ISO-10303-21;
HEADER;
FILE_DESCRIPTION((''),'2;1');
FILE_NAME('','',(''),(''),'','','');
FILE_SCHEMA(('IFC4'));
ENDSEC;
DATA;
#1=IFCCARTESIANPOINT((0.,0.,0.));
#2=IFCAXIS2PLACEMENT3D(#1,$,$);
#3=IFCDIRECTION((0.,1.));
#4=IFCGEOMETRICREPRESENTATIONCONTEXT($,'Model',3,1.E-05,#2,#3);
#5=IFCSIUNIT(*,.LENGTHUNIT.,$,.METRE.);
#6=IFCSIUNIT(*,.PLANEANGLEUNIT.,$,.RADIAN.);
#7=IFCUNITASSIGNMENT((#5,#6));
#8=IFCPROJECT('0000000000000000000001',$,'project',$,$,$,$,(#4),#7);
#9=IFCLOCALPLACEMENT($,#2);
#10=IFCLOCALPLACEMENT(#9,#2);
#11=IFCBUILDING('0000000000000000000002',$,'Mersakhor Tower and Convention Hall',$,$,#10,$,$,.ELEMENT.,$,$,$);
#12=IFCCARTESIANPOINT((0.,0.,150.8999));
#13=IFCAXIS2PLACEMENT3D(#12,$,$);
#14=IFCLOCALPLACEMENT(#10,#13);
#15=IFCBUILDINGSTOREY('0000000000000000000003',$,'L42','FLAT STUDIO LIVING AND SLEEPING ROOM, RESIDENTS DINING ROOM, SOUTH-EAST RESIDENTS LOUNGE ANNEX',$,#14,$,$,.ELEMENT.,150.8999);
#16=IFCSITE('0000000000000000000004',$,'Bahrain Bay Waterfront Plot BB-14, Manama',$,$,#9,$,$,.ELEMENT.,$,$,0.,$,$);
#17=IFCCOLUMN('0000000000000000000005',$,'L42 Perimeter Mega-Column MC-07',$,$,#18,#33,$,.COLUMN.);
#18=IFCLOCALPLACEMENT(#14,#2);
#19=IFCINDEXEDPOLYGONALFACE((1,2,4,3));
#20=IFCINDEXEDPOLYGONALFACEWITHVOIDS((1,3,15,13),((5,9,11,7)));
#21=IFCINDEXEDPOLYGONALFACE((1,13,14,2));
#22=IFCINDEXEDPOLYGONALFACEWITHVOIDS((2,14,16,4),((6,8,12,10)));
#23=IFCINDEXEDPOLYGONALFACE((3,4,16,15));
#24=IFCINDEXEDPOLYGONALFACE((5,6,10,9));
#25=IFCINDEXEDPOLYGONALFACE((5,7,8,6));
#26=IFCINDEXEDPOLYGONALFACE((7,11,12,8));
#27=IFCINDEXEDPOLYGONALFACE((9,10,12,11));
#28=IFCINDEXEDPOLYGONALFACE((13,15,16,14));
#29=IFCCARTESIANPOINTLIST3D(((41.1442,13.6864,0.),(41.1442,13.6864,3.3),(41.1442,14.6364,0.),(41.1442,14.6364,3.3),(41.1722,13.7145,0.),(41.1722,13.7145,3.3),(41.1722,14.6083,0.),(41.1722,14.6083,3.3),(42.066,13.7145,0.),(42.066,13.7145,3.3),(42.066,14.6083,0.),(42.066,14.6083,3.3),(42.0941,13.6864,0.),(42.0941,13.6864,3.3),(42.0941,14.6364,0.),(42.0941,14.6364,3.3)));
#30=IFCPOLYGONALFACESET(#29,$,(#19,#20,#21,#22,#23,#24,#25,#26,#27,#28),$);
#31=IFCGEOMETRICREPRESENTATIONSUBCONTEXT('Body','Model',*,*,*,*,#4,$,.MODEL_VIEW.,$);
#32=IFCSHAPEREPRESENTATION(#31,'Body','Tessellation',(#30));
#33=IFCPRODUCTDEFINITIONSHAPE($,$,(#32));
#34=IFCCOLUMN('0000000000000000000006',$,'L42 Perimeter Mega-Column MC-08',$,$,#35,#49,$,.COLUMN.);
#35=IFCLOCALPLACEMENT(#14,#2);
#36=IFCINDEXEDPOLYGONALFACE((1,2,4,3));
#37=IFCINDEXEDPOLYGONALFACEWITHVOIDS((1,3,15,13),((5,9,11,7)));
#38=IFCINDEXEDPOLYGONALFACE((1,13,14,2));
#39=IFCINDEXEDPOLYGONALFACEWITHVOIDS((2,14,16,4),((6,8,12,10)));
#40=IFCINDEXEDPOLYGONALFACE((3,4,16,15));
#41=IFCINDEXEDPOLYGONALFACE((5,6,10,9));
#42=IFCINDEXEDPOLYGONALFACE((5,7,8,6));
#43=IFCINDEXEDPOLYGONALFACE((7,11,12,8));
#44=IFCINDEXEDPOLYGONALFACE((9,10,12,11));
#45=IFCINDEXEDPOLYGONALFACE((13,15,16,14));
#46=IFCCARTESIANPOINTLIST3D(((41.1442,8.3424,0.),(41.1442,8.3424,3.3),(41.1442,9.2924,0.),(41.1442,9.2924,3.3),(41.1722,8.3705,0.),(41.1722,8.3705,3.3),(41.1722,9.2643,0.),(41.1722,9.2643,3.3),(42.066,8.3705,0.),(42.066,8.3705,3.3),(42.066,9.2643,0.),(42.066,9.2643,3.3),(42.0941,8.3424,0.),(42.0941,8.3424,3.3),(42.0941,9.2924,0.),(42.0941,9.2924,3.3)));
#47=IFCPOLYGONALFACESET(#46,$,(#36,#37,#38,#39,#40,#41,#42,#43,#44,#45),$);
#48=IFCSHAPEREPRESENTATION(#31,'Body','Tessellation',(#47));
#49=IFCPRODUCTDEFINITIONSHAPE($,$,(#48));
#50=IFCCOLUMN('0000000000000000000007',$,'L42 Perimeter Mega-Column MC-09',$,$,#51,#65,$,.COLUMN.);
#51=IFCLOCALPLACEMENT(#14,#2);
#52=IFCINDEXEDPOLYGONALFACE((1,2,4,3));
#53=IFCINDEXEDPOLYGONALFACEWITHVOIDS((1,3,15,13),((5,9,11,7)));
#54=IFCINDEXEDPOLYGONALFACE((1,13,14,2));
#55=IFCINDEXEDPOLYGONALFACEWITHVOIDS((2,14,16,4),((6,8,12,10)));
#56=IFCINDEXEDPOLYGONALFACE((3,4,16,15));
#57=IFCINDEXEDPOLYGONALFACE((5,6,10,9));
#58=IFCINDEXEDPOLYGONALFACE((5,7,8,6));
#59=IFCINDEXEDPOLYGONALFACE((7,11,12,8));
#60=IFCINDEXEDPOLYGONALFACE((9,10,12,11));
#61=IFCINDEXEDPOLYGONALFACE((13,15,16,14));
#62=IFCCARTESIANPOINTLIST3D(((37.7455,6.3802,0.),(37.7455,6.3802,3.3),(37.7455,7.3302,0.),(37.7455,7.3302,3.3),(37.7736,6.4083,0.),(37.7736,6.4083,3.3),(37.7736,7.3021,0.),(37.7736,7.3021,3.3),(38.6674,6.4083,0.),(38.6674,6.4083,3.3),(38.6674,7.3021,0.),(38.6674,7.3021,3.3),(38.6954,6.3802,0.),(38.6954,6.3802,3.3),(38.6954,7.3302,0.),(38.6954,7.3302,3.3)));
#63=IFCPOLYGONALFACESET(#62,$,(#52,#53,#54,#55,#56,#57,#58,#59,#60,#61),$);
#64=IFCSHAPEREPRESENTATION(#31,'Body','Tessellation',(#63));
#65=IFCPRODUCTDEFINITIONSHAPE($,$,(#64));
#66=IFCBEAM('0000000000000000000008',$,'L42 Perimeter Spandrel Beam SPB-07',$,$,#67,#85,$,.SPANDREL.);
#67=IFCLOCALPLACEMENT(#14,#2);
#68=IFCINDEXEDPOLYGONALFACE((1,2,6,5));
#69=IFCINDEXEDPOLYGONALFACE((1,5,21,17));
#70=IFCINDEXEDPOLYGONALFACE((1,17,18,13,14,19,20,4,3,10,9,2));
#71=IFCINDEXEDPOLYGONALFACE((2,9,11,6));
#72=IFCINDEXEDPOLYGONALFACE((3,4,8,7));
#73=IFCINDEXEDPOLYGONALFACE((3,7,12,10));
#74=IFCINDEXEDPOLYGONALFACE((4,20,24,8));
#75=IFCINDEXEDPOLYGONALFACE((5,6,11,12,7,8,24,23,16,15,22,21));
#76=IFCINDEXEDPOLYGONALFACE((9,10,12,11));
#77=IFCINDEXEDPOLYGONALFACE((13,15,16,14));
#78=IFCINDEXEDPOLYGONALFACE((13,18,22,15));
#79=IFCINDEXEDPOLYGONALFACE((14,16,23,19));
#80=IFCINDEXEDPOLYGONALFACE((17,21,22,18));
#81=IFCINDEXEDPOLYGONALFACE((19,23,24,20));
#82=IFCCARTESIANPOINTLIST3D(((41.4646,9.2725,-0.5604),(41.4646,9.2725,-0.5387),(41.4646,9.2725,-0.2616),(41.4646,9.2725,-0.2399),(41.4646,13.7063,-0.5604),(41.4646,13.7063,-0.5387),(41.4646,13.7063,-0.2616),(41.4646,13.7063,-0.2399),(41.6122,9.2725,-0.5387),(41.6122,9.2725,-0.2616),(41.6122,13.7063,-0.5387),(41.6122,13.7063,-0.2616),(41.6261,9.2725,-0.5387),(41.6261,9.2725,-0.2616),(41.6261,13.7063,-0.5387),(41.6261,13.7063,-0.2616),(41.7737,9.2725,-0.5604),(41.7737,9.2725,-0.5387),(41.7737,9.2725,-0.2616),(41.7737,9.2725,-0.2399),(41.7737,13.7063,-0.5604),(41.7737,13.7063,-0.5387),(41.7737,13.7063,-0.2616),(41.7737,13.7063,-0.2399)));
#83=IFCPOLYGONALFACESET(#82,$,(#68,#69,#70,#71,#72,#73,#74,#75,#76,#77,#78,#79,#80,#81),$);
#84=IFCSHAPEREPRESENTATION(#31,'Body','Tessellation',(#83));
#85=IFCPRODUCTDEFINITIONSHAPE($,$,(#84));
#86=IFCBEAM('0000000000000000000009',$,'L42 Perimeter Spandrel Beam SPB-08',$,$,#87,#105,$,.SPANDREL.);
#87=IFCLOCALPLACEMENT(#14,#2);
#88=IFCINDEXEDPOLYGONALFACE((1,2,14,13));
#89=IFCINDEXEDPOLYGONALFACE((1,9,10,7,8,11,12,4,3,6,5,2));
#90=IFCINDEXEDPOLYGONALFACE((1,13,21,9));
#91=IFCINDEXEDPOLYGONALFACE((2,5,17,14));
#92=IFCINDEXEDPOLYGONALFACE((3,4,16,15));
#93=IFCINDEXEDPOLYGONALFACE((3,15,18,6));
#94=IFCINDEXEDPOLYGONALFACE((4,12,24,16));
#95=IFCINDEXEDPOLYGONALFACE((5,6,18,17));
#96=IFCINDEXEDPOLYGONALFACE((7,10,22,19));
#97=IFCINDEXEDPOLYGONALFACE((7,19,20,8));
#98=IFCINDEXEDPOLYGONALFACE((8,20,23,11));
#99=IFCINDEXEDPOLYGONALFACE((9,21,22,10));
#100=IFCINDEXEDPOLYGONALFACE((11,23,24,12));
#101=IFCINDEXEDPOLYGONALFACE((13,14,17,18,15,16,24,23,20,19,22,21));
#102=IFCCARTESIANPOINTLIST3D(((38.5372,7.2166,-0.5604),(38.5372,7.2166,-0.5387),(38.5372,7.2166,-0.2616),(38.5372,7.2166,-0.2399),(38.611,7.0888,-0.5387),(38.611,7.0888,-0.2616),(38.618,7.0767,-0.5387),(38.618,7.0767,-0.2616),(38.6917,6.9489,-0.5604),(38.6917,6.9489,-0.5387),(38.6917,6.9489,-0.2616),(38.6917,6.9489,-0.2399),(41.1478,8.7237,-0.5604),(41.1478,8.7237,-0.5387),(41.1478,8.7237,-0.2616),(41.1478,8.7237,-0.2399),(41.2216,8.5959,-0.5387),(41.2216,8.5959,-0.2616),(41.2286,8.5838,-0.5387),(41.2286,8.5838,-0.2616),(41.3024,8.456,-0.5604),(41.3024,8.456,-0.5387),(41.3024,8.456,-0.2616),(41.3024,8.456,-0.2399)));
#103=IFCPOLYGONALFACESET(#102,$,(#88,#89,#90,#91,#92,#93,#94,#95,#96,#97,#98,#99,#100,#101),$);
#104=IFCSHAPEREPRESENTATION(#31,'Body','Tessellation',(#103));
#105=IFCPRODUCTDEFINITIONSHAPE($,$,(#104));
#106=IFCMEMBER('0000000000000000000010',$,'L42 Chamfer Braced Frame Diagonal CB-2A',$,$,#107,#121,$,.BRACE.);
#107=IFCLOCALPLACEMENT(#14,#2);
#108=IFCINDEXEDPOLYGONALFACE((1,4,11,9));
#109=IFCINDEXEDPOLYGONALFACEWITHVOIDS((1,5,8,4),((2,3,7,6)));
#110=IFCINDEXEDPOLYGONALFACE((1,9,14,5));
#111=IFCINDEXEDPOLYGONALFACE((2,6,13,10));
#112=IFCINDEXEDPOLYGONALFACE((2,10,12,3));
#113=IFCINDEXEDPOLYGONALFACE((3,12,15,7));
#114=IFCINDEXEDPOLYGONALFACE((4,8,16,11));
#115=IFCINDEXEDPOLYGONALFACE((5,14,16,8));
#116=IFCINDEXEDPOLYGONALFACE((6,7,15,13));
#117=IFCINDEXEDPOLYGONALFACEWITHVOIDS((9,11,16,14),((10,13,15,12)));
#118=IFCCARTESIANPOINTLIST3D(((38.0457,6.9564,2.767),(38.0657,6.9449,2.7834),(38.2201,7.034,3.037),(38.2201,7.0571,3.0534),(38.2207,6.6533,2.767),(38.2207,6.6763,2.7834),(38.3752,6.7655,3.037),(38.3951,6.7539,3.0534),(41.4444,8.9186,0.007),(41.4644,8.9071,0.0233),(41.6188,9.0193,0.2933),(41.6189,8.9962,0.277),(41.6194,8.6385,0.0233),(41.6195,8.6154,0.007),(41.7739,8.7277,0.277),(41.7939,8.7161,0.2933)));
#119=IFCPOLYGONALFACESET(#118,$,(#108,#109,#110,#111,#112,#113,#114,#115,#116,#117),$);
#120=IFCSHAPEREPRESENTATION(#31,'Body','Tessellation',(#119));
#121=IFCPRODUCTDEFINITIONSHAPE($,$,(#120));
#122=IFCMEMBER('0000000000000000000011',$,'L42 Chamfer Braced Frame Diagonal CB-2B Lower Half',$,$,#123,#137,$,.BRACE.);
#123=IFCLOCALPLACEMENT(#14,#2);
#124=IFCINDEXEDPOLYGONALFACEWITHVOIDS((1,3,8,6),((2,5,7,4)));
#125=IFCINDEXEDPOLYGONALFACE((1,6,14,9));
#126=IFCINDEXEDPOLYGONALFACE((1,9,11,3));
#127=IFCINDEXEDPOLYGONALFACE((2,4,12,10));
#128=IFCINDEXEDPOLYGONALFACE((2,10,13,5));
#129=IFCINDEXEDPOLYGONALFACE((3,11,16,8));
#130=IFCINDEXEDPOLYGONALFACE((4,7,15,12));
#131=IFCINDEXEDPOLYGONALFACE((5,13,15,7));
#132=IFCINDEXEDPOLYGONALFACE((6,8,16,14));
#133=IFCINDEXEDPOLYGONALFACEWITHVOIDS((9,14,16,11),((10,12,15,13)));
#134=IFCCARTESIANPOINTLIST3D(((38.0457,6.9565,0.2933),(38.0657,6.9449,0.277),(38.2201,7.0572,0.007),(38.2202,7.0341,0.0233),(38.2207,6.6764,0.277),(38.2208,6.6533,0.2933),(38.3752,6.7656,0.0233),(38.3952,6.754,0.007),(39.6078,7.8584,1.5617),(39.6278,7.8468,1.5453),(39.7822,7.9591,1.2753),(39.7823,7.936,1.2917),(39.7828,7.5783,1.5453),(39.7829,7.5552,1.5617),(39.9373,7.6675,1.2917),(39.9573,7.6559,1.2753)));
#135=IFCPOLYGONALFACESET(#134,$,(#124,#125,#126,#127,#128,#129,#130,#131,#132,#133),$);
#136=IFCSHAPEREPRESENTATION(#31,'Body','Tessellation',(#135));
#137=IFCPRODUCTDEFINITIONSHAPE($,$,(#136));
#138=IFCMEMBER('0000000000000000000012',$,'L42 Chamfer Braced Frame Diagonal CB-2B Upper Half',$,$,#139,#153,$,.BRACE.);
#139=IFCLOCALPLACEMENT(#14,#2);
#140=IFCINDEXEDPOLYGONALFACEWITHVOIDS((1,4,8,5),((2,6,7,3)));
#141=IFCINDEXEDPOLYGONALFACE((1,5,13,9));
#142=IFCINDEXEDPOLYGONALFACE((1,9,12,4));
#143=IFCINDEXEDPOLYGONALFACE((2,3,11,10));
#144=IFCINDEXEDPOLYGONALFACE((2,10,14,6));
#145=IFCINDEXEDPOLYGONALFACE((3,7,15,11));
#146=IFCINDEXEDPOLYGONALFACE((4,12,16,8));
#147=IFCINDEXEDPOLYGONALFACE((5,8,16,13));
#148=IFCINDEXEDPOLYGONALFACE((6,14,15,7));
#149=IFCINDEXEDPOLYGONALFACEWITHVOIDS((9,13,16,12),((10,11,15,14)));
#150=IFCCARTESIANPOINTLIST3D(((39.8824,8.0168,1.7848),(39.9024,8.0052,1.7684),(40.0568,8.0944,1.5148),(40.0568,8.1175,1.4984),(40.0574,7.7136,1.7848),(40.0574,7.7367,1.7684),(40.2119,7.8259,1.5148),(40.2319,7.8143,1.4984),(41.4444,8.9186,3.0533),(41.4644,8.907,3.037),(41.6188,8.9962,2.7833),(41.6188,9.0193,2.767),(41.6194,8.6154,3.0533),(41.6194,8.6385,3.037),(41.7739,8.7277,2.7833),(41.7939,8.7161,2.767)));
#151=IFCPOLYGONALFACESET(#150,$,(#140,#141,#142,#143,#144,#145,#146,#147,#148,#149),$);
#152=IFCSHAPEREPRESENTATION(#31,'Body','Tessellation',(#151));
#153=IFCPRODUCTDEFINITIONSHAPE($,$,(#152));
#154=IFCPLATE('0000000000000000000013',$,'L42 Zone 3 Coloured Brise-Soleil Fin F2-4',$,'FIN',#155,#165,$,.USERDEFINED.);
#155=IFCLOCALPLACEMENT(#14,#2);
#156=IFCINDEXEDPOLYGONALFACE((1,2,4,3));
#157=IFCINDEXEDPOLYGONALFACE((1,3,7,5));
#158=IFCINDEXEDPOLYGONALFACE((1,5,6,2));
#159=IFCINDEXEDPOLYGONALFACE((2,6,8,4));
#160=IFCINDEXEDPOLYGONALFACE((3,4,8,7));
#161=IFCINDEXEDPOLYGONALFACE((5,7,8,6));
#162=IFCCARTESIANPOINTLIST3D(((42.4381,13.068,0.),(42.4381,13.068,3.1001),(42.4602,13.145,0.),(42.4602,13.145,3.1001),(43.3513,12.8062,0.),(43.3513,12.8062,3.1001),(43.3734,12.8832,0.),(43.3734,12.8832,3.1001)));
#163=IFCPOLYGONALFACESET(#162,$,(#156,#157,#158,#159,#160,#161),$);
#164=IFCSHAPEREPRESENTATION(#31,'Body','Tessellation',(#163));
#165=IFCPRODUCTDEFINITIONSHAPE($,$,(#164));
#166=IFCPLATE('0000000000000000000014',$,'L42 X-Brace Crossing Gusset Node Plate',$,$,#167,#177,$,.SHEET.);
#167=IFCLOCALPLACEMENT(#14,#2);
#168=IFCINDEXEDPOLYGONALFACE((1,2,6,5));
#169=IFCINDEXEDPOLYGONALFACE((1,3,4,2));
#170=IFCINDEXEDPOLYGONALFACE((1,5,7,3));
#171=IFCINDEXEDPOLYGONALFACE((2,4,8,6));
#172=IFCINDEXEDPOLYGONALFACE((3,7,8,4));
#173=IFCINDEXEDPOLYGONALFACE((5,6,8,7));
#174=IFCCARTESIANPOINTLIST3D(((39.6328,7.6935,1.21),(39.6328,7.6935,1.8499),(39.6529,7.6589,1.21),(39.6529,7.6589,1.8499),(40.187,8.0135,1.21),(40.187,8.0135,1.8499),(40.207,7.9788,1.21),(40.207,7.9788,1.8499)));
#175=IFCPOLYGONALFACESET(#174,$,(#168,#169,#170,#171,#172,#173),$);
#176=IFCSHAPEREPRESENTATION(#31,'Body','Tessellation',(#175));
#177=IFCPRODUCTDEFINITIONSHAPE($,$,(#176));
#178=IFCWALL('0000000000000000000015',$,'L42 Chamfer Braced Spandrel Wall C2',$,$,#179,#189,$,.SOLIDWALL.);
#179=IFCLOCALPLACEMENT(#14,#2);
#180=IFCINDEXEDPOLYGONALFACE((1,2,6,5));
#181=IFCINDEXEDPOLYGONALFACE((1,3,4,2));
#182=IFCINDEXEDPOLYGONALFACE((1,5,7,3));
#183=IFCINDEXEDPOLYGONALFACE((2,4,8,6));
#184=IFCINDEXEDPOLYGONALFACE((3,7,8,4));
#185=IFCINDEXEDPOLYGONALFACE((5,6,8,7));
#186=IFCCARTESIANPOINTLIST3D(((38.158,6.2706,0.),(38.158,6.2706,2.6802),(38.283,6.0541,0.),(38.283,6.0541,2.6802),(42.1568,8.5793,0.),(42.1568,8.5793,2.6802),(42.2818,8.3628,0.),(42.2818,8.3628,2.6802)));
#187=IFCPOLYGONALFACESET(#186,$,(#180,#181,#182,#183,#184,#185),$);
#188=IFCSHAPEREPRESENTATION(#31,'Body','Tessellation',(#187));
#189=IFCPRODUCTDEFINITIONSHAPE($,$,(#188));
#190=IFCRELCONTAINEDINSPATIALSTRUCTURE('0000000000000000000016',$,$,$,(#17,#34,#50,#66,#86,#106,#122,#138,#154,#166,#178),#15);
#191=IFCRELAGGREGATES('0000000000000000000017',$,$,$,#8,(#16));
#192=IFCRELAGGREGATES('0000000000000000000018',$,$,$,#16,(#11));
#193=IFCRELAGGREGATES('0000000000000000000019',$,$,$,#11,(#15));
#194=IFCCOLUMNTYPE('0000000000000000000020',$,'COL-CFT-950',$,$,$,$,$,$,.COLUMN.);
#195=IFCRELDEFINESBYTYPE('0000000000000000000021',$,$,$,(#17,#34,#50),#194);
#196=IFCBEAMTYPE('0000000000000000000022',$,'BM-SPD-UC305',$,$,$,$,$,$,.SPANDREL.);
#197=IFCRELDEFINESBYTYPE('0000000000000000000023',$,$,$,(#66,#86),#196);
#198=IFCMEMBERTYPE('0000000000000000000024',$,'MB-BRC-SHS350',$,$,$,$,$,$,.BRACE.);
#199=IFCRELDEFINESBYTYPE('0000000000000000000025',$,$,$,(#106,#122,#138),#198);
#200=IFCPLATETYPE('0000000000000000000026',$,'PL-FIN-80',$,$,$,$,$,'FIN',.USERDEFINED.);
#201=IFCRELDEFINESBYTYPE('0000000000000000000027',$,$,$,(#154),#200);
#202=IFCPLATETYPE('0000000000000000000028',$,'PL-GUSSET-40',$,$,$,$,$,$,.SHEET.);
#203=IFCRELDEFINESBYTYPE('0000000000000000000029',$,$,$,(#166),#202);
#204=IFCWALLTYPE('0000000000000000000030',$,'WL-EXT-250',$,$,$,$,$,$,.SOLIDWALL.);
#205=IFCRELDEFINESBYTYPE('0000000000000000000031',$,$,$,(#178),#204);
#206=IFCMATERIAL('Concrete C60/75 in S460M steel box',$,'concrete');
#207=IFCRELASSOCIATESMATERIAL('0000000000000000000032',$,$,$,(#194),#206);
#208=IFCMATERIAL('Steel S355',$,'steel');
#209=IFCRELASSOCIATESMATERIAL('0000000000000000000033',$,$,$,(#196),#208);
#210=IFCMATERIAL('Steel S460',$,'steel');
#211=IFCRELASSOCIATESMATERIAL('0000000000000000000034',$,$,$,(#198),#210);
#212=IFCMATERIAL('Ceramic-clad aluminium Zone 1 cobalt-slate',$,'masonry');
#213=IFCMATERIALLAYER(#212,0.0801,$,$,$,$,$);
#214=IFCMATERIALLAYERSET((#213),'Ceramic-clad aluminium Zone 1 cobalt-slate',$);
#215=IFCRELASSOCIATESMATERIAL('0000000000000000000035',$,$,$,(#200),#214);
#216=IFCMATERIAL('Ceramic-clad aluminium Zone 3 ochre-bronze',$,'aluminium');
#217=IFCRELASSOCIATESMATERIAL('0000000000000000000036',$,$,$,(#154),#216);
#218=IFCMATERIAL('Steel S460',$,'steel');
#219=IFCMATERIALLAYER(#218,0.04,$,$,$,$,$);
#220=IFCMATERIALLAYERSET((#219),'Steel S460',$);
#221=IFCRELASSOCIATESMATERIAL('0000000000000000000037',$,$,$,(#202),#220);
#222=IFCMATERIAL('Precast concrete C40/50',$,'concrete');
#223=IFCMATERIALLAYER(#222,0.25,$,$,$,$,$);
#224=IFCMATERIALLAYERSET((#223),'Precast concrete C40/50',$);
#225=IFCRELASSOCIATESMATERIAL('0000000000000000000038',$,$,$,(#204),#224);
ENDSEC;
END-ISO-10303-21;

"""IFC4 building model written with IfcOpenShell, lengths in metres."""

from ifc_helpers import new_model, si_unit, direction, frame, frame_2d, origin, origin_2d, place, context, subcontext, project, spatial, rectangle, hollow_rectangle, i_section, extrude, material, layer, layer_set, material_profile, profile_set, type_object, element, save


model = new_model("IFC4")

# Units and contexts
model_context = context("Model", 3, precision=1e-05, world=origin(), true_north=direction((0.0, 1.0)))
body_context = subcontext(model_context, "Body", "Model", "MODEL_VIEW")
ifc_project = project(units=[si_unit("LENGTHUNIT", "METRE"), si_unit("PLANEANGLEUNIT", "RADIAN")], contexts=[model_context])

# Site, building, storey
site_placement = place(None, origin())
site = spatial("IfcSite", under=ifc_project, at=site_placement, Name="Bahrain Bay Waterfront Plot BB-14, Manama", CompositionType="ELEMENT", RefElevation=0.0)
building_placement = place(site_placement, origin())
building = spatial("IfcBuilding", under=site, at=building_placement, Name="Mersakhor Tower and Convention Hall", CompositionType="ELEMENT")
storey_placement = place(building_placement, frame((0.0, 0.0, 150.8999)))
storey = spatial("IfcBuildingStorey", under=building, at=storey_placement, Name="L42", Description="FLAT STUDIO LIVING AND SLEEPING ROOM, RESIDENTS DINING ROOM, SOUTH-EAST RESIDENTS LOUNGE ANNEX", CompositionType="ELEMENT", Elevation=150.8999)

# Columns
ifc_material_1 = material(Name="Concrete C60/75 in S460M steel box", Category="concrete")
ifc_material_profile_1 = material_profile(ifc_material_1, hollow_rectangle(XDim=0.95, YDim=0.95, WallThickness=0.0281, at=origin_2d()), Name="SHS 950x950x28")
ifc_profile_set_1 = profile_set([ifc_material_profile_1], Name="Concrete C60/75 in S460M steel box")
column_type = type_object("IfcColumnType", Name="COL-CFT-950", PredefinedType="COLUMN", material=ifc_profile_set_1)
for number, where, z_axis, x_axis, name in (
    (1, (41.6191, 14.1614, 0.0), (0.0, 0.0, 1.0), (1.0, 0.0, 0.0), "L42 Perimeter Mega-Column MC-07"),
    (2, (41.6191, 8.8174, 0.0), (0.0, 0.0, 1.0), (1.0, 0.0, 0.0), "L42 Perimeter Mega-Column MC-08"),
    (3, (38.2205, 6.8552, 0.0), (0.0, 0.0, 1.0), (1.0, 0.0, 0.0), "L42 Perimeter Mega-Column MC-09"),
):
    element("IfcColumn", number, at=place(storey_placement, frame(where, z_axis=z_axis, x_axis=x_axis)), inside=storey, type_object=column_type, Name=name, PredefinedType="COLUMN", context=body_context, shape_type="SweptSolid", body=[
        extrude(hollow_rectangle(XDim=0.95, YDim=0.95, WallThickness=0.0281, at=origin_2d()), origin(), (0.0, 0.0, 1.0), 3.3),
    ])

# Beams
ifc_material_2 = material(Name="Steel S355", Category="steel")
ifc_material_profile_2 = material_profile(ifc_material_2, i_section(OverallWidth=0.3091, OverallDepth=0.3206, WebThickness=0.0139, FlangeThickness=0.0217, at=origin_2d()), Name="UC 305x305x137")
ifc_profile_set_2 = profile_set([ifc_material_profile_2], Name="Steel S355")
beam_type = type_object("IfcBeamType", Name="BM-SPD-UC305", PredefinedType="SPANDREL", material=ifc_profile_set_2)
beam_1_placement = place(storey_placement, frame((41.6191, 13.7063, -0.4001), z_axis=(0.0, -1.0, 0.0), x_axis=(1.0, 0.0, 0.0)))
element("IfcBeam", 4, at=beam_1_placement, inside=storey, type_object=beam_type, Name="L42 Perimeter Spandrel Beam SPB-07", PredefinedType="SPANDREL", context=body_context, shape_type="SweptSolid", body=[
    extrude(i_section(OverallWidth=0.3091, OverallDepth=0.3206, WebThickness=0.0139, FlangeThickness=0.0217, at=origin_2d()), origin(), (0.0, 0.0, 1.0), 4.4338),
])
beam_2_placement = place(storey_placement, frame((41.2251, 8.5898, -0.4001), z_axis=(-0.866047, -0.499963, 0.0), x_axis=(0.499963, -0.866047, 0.0)))
element("IfcBeam", 5, at=beam_2_placement, inside=storey, type_object=beam_type, Name="L42 Perimeter Spandrel Beam SPB-08", PredefinedType="SPANDREL", context=body_context, shape_type="SweptSolid", body=[
    extrude(i_section(OverallWidth=0.3091, OverallDepth=0.3206, WebThickness=0.0139, FlangeThickness=0.0217, at=origin_2d()), origin(), (0.0, 0.0, 1.0), 3.0144),
])

# Members
ifc_material_3 = material(Name="Steel S460", Category="steel")
ifc_material_profile_3 = material_profile(ifc_material_3, hollow_rectangle(XDim=0.3501, YDim=0.3501, WallThickness=0.02, at=origin_2d()), Name="SHS 350x350x20")
ifc_profile_set_3 = profile_set([ifc_material_profile_3], Name="Steel S460")
member_type = type_object("IfcMemberType", Name="MB-BRC-SHS350", PredefinedType="BRACE", material=ifc_profile_set_3)
member_placement = place(storey_placement, frame((41.6191, 8.8174, 0.1501), z_axis=(-0.708385, -0.408972, 0.575267), x_axis=(0.499986, -0.866033, 0.0)))
element("IfcMember", 6, at=member_placement, inside=storey, type_object=member_type, Name="L42 Chamfer Braced Frame Diagonal CB-2A", PredefinedType="BRACE", context=body_context, shape_type="SweptSolid", body=[
    extrude(hollow_rectangle(XDim=0.3501, YDim=0.3501, WallThickness=0.02, at=origin_2d()), origin(), (0.0, 0.0, 1.0), 4.7979),
])
for number, where, z_axis, x_axis, name in (
    (7, (38.2205, 6.8552, 0.1501), (0.708409, 0.409013, 0.575209), (-0.500011, 0.866019, 0.0), "L42 Chamfer Braced Frame Diagonal CB-2B Lower Half"),
    (8, (40.0571, 7.9155, 1.6416), (0.708364, 0.408987, 0.575283), (-0.500011, 0.866019, 0.0), "L42 Chamfer Braced Frame Diagonal CB-2B Upper Half"),
):
    element("IfcMember", number, at=place(storey_placement, frame(where, z_axis=z_axis, x_axis=x_axis)), inside=storey, type_object=member_type, Name=name, PredefinedType="BRACE", context=body_context, shape_type="SweptSolid", body=[
        extrude(hollow_rectangle(XDim=0.3501, YDim=0.3501, WallThickness=0.02, at=origin_2d()), origin(), (0.0, 0.0, 1.0), 2.2051),
    ])

# Plates
ifc_material_4 = material(Name="Ceramic-clad aluminium Zone 3 ochre-bronze", Category="aluminium")
ifc_material_5 = material(Name="Ceramic-clad aluminium Zone 1 cobalt-slate", Category="masonry")
ifc_layer_1 = layer(ifc_material_5, 0.0801)
ifc_layer_set_1 = layer_set([ifc_layer_1], Name="Ceramic-clad aluminium Zone 1 cobalt-slate")
plate_type_1 = type_object("IfcPlateType", Name="PL-FIN-80", ElementType="FIN", PredefinedType="USERDEFINED", material=ifc_layer_set_1)
plate_1_placement = place(storey_placement, frame((42.9058, 12.9756, 0.0), z_axis=(0.0, 0.0, 1.0), x_axis=(0.961262, -0.275637, 0.0)))
element("IfcPlate", 9, at=plate_1_placement, inside=storey, type_object=plate_type_1, material=ifc_material_4, Name="L42 Zone 3 Coloured Brise-Soleil Fin F2-4", ObjectType="FIN", PredefinedType="USERDEFINED", context=body_context, shape_type="SweptSolid", body=[
    extrude(rectangle(XDim=0.95, YDim=0.0801, at=origin_2d()), origin(), (0.0, 0.0, 1.0), 3.1001),
])
ifc_material_6 = material(Name="Steel S460", Category="steel")
ifc_layer_2 = layer(ifc_material_6, 0.04)
ifc_layer_set_2 = layer_set([ifc_layer_2], Name="Steel S460")
plate_type_2 = type_object("IfcPlateType", Name="PL-GUSSET-40", PredefinedType="SHEET", material=ifc_layer_set_2)
plate_2_placement = place(storey_placement, frame((39.9199, 7.8362, 1.21), z_axis=(0.0, 0.0, 1.0), x_axis=(0.866025, 0.5, 0.0)))
element("IfcPlate", 10, at=plate_2_placement, inside=storey, type_object=plate_type_2, Name="L42 X-Brace Crossing Gusset Node Plate", PredefinedType="SHEET", context=body_context, shape_type="SweptSolid", body=[
    extrude(rectangle(XDim=0.6399, YDim=0.04, at=origin_2d()), origin(), (0.0, 0.0, 1.0), 0.6399),
])

# Wall
ifc_material_7 = material(Name="Precast concrete C40/50", Category="concrete")
ifc_layer_3 = layer(ifc_material_7, 0.25)
ifc_layer_set_3 = layer_set([ifc_layer_3], Name="Precast concrete C40/50")
wall_type_1 = type_object("IfcWallType", Name="WL-EXT-250", PredefinedType="SOLIDWALL", material=ifc_layer_set_3)
wall_1_placement = place(storey_placement, frame((42.2192, 8.4709, 0.0), z_axis=(0.0, 0.0, 1.0), x_axis=(-0.866035, -0.499983, 0.0)))
element("IfcWall", 11, at=wall_1_placement, inside=storey, type_object=wall_type_1, Name="L42 Chamfer Braced Spandrel Wall C2", PredefinedType="SOLIDWALL", context=body_context, shape_type="SweptSolid", body=[
    extrude(rectangle(XDim=4.6174, YDim=0.25, at=frame_2d((2.3086, 0.0))), origin(), (0.0, 0.0, 1.0), 2.6802),
])

save(model, "model.ifc")
